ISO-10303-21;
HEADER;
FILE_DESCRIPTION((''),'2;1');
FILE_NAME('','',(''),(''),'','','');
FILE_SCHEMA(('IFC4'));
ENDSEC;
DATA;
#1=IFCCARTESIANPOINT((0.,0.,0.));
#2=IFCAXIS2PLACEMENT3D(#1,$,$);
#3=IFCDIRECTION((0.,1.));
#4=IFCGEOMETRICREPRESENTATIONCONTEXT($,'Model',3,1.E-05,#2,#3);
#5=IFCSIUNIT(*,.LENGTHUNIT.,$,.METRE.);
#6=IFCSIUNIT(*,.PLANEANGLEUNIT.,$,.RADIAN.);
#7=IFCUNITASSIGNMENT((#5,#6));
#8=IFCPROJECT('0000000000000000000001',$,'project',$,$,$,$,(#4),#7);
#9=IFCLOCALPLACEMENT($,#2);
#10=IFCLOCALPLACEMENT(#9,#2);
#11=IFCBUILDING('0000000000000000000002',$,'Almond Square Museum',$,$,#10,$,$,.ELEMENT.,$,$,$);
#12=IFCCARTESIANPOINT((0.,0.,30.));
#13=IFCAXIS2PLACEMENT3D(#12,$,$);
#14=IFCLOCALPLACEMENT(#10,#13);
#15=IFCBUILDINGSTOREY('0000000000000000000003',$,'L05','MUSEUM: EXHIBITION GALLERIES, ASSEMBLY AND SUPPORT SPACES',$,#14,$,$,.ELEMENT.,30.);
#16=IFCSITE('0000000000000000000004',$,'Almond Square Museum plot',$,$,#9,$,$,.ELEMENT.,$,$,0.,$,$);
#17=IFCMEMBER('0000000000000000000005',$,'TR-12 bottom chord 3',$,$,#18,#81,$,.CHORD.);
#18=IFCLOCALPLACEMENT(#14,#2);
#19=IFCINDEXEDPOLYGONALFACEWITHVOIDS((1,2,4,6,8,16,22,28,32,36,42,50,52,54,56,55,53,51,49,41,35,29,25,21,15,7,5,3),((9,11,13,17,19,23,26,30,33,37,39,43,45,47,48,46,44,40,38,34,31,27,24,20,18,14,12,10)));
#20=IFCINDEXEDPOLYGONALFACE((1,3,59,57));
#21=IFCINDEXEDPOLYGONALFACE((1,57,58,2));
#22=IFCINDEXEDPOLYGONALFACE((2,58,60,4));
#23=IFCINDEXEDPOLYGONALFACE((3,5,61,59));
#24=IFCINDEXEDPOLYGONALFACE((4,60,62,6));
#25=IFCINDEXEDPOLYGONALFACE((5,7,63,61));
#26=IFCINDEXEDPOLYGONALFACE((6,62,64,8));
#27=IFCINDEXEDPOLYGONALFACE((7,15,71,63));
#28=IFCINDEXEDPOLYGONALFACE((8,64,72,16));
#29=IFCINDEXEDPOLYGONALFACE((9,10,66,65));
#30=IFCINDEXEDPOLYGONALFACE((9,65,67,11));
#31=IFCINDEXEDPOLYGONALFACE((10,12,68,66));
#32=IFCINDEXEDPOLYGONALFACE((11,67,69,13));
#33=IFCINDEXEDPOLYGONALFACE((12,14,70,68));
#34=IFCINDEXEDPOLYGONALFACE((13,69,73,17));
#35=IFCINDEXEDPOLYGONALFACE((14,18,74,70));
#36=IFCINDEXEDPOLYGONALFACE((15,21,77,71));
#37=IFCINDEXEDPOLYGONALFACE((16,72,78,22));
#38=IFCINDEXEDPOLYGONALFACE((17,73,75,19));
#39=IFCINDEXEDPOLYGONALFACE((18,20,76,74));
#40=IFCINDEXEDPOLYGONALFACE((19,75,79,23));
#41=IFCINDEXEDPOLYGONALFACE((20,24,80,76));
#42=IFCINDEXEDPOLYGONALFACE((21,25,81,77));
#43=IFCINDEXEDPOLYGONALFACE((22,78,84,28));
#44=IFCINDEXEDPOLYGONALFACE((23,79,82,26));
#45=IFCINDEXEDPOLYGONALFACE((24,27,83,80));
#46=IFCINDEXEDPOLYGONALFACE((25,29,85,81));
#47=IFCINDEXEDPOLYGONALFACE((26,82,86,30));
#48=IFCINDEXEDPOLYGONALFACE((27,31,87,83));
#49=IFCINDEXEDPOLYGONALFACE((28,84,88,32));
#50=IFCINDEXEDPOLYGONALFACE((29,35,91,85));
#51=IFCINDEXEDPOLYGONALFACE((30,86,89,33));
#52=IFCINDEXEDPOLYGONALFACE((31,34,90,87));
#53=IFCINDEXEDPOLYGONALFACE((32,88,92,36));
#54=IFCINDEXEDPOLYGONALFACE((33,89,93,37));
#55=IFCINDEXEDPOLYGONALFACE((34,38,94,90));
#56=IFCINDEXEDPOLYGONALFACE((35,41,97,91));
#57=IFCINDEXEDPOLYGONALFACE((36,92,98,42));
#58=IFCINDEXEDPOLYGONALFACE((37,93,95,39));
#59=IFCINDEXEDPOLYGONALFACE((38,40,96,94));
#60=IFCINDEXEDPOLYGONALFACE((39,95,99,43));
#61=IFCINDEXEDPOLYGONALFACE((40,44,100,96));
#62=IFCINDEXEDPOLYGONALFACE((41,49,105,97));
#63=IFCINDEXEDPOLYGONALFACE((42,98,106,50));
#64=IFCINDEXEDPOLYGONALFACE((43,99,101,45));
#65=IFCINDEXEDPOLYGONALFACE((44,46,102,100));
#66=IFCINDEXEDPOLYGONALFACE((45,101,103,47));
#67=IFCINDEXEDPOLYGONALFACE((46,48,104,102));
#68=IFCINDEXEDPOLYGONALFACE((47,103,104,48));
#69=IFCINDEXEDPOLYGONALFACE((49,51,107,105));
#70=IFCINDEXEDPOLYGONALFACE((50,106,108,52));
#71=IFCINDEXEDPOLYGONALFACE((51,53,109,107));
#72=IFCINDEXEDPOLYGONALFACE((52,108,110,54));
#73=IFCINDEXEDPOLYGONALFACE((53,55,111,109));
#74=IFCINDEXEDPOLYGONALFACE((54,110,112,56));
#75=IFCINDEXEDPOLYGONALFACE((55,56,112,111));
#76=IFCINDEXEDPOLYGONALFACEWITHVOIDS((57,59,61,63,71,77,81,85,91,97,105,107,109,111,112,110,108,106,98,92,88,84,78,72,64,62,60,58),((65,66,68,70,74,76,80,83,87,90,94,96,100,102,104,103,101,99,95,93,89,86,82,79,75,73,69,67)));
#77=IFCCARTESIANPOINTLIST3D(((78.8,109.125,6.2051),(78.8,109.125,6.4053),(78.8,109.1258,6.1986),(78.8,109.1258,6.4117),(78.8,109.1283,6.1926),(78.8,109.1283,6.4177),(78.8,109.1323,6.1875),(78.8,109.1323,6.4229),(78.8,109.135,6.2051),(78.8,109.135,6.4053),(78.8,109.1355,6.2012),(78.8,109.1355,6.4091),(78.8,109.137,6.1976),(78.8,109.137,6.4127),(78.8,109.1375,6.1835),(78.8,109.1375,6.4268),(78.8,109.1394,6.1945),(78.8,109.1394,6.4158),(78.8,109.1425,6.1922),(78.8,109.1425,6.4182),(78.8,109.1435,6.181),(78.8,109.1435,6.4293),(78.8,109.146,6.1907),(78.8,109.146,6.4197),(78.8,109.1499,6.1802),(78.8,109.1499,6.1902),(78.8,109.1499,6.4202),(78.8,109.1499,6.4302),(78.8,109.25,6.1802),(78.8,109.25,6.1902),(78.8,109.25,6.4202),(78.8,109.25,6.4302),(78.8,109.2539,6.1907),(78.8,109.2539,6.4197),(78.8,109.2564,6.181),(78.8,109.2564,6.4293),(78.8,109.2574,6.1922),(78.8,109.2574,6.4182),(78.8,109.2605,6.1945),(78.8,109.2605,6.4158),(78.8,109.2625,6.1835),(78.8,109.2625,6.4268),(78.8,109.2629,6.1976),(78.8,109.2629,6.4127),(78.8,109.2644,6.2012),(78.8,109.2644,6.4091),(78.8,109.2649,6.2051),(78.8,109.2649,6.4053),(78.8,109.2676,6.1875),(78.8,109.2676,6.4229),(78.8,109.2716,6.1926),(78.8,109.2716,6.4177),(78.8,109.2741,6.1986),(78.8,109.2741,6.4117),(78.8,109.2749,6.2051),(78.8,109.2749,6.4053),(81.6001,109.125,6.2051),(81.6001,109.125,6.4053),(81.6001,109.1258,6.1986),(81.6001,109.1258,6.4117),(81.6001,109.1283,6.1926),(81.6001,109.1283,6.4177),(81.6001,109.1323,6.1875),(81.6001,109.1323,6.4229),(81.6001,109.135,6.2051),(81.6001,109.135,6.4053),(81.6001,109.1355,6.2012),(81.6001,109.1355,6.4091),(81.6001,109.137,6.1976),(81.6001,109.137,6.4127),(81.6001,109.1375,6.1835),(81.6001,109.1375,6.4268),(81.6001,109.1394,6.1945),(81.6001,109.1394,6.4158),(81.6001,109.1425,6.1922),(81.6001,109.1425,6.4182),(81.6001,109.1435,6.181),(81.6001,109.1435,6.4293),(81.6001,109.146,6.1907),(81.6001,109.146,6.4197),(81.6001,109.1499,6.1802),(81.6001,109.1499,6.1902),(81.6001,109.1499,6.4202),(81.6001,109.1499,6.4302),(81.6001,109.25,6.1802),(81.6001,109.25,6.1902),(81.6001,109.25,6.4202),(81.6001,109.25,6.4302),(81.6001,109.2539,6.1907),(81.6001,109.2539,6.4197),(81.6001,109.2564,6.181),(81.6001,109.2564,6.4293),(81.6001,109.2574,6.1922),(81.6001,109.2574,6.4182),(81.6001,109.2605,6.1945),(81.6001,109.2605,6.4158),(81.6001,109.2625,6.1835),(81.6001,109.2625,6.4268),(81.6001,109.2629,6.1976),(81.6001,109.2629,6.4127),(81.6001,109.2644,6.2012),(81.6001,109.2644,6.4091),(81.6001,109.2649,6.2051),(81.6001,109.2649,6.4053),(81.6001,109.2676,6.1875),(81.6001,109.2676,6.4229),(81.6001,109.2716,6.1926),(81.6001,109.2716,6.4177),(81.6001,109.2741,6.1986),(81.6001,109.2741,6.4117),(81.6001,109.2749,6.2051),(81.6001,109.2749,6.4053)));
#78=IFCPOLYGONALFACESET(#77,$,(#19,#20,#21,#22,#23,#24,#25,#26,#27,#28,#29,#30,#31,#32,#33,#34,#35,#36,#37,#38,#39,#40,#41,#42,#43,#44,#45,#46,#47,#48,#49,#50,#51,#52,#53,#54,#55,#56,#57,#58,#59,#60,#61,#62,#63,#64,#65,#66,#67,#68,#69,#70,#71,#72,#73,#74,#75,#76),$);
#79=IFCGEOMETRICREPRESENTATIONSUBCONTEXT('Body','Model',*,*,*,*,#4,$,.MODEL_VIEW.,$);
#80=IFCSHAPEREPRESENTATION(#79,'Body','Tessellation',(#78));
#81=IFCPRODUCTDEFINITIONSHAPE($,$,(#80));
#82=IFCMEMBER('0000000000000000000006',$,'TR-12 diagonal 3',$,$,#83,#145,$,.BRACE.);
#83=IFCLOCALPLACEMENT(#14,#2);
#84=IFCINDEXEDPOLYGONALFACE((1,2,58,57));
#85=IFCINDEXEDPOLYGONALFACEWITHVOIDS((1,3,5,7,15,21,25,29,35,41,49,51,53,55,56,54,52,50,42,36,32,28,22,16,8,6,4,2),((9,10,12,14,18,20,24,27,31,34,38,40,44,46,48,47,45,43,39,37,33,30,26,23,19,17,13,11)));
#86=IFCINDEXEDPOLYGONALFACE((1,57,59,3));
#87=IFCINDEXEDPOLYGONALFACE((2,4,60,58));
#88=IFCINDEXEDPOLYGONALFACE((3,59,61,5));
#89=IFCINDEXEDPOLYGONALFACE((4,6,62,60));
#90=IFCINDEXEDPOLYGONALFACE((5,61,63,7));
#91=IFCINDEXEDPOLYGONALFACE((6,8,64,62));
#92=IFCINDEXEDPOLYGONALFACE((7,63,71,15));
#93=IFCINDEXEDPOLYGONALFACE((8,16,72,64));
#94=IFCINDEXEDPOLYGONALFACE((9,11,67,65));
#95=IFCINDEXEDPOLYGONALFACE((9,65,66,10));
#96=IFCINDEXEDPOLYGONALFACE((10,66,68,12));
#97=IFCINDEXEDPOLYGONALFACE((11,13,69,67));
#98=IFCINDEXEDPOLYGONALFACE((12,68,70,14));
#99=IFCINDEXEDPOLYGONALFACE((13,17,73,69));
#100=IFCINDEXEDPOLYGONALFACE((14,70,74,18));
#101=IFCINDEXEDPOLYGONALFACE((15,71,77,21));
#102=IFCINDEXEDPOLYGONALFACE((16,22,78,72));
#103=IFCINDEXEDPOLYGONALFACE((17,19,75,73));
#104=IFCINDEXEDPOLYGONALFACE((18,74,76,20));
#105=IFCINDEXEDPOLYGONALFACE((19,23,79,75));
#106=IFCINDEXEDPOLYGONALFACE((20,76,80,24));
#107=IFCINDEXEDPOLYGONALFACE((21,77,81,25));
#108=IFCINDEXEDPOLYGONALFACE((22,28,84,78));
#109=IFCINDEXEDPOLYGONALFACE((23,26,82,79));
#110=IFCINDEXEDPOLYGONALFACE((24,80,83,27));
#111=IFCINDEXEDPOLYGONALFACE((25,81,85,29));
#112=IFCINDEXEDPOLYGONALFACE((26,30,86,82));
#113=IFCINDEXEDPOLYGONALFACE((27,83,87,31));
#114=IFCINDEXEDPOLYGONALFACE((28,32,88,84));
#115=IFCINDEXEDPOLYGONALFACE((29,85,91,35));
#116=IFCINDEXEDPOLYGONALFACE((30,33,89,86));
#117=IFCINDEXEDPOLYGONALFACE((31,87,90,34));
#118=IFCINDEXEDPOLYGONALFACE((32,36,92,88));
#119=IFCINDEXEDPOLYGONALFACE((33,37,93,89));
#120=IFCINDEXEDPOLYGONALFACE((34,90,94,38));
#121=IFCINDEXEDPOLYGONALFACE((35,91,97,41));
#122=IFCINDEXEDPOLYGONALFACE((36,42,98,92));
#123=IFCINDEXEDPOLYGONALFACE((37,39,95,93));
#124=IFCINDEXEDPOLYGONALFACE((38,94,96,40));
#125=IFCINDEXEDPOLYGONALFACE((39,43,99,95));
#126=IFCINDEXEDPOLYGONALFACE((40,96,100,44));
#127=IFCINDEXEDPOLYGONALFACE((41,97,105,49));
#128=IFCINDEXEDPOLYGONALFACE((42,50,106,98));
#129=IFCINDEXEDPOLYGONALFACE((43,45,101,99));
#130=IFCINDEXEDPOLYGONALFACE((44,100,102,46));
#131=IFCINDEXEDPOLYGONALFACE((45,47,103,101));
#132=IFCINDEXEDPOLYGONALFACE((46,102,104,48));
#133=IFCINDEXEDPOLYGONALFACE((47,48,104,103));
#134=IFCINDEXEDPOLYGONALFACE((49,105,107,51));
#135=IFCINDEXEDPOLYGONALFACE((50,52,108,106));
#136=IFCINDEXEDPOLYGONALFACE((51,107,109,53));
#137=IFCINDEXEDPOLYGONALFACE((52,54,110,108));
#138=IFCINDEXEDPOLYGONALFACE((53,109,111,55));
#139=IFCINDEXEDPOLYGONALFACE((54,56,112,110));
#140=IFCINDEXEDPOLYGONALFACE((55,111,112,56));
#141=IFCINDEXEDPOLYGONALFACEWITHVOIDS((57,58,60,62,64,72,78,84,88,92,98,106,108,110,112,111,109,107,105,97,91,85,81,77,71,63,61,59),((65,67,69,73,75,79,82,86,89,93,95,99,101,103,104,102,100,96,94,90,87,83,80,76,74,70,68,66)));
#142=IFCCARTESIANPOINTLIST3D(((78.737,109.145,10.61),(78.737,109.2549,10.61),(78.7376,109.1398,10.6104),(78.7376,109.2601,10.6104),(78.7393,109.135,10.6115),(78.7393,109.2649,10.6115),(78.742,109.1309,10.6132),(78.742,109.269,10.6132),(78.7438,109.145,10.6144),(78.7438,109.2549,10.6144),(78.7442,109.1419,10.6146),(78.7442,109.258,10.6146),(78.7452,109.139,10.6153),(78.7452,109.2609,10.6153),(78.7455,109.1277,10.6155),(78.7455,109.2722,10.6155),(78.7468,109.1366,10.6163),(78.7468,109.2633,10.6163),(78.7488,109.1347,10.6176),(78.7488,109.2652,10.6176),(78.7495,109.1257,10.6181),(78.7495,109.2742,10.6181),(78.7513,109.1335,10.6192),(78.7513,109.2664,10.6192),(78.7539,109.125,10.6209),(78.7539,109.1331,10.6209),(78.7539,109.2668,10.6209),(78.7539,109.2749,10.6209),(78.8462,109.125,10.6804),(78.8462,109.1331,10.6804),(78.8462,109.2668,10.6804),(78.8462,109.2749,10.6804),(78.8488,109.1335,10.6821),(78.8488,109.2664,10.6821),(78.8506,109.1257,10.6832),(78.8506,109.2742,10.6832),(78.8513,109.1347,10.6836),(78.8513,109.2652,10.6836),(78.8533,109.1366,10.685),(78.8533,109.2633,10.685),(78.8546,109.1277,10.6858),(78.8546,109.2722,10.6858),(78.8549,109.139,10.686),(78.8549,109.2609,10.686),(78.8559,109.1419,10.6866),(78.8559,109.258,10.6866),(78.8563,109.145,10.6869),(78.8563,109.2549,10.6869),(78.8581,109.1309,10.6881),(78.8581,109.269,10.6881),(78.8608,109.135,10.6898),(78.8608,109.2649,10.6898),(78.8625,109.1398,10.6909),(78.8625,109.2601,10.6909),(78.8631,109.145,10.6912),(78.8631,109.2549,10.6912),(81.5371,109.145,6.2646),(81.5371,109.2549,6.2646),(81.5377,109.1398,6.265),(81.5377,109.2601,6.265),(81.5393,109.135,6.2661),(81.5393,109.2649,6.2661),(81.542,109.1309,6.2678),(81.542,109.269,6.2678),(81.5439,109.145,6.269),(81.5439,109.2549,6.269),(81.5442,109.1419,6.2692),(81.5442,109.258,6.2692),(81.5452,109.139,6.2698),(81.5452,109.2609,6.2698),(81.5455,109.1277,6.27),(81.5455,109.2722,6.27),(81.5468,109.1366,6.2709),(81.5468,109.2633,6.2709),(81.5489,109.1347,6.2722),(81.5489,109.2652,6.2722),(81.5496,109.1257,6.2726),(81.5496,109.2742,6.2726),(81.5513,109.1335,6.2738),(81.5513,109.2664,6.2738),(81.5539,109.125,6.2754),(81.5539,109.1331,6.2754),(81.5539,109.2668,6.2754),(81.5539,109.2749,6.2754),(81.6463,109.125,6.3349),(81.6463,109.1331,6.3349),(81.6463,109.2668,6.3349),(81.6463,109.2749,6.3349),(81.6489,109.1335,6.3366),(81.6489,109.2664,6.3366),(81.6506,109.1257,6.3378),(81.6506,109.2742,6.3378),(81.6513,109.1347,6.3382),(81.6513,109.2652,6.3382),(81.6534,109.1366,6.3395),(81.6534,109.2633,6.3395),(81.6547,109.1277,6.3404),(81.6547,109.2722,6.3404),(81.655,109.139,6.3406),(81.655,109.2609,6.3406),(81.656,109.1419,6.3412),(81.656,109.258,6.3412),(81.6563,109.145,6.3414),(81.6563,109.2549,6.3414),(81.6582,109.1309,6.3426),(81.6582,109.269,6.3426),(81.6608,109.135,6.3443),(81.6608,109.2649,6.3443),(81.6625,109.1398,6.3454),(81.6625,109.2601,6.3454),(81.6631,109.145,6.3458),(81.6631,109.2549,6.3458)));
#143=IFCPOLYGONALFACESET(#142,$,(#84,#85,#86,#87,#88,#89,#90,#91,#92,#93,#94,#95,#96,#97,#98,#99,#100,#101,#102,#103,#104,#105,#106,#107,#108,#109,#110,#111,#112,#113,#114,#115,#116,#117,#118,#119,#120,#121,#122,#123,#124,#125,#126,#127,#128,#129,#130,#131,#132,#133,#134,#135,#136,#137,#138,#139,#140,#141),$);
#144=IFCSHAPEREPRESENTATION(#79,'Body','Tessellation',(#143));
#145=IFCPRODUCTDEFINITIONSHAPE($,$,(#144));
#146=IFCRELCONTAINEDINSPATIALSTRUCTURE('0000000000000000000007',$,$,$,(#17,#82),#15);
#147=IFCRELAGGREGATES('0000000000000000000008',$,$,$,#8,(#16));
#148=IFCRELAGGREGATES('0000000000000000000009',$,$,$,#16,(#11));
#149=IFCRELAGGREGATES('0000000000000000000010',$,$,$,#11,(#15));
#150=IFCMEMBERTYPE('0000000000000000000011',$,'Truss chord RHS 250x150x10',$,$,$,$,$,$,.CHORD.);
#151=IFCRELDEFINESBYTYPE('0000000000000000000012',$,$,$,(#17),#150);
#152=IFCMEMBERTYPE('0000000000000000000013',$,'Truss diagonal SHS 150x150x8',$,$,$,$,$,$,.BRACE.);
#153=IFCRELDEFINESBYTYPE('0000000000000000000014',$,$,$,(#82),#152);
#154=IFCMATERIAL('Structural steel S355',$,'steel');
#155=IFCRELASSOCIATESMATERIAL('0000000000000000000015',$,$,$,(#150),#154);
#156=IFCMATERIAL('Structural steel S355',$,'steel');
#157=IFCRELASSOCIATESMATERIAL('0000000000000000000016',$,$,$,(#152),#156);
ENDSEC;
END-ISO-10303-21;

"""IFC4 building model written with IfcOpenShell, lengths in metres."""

from ifc_helpers import new_model, si_unit, direction, frame, origin, origin_2d, place, context, subcontext, project, spatial, hollow_rectangle, extrude, material, material_profile, profile_set, type_object, element, save


model = new_model("IFC4")

# Units and contexts
model_context = context("Model", 3, precision=1e-05, world=origin(), true_north=direction((0.0, 1.0)))
body_context = subcontext(model_context, "Body", "Model", "MODEL_VIEW")
ifc_project = project(units=[si_unit("LENGTHUNIT", "METRE"), si_unit("PLANEANGLEUNIT", "RADIAN")], contexts=[model_context])

# Site, building, storey
site_placement = place(None, origin())
site = spatial("IfcSite", under=ifc_project, at=site_placement, Name="Almond Square Museum plot", CompositionType="ELEMENT", RefElevation=0.0)
building_placement = place(site_placement, origin())
building = spatial("IfcBuilding", under=site, at=building_placement, Name="Almond Square Museum", CompositionType="ELEMENT")
storey_placement = place(building_placement, frame((0.0, 0.0, 30.0)))
storey = spatial("IfcBuildingStorey", under=building, at=storey_placement, Name="L05", Description="MUSEUM: EXHIBITION GALLERIES, ASSEMBLY AND SUPPORT SPACES", CompositionType="ELEMENT", Elevation=30.0)

# Members
ifc_material_1 = material(Name="Structural steel S355", Category="steel")
ifc_material_profile_1 = material_profile(ifc_material_1, hollow_rectangle(XDim=0.1499, YDim=0.25, WallThickness=0.01, InnerFilletRadius=0.0149, OuterFilletRadius=0.0249, at=origin_2d()))
ifc_profile_set_1 = profile_set([ifc_material_profile_1], Name="Structural steel S355")
member_type_1 = type_object("IfcMemberType", Name="Truss chord RHS 250x150x10", PredefinedType="CHORD", material=ifc_profile_set_1)
for number, where, z_axis, x_axis, name in (
    (1, (78.8, 109.2, 6.3052), (1.0, 0.0, 0.0), (0.0, 1.0, 0.0), "TR-12 bottom chord 3"),
):
    element("IfcMember", number, at=place(storey_placement, frame(where, z_axis=z_axis, x_axis=x_axis)), inside=storey, type_object=member_type_1, Name=name, PredefinedType="CHORD", context=body_context, shape_type="SweptSolid", body=[
        extrude(hollow_rectangle(XDim=0.1499, YDim=0.25, WallThickness=0.01, InnerFilletRadius=0.0149, OuterFilletRadius=0.0249, at=origin_2d()), origin(), (0.0, 0.0, 1.0), 2.8),
    ])
ifc_material_2 = material(Name="Structural steel S355", Category="steel")
ifc_material_profile_2 = material_profile(ifc_material_2, hollow_rectangle(XDim=0.1499, YDim=0.1499, WallThickness=0.0081, InnerFilletRadius=0.012, OuterFilletRadius=0.02, at=origin_2d()))
ifc_profile_set_2 = profile_set([ifc_material_profile_2], Name="Structural steel S355")
member_type_2 = type_object("IfcMemberType", Name="Truss diagonal SHS 150x150x8", PredefinedType="BRACE", material=ifc_profile_set_2)
member_1_placement = place(storey_placement, frame((78.8, 109.2, 10.6506), z_axis=(0.541652, 0.0, -0.840603), x_axis=(0.0, 1.0, 0.0)))
element("IfcMember", 2, at=member_1_placement, inside=storey, type_object=member_type_2, Name="TR-12 diagonal 3", PredefinedType="BRACE", context=body_context, shape_type="SweptSolid", body=[
    extrude(hollow_rectangle(XDim=0.1499, YDim=0.1499, WallThickness=0.0081, InnerFilletRadius=0.012, OuterFilletRadius=0.02, at=origin_2d()), origin(), (0.0, 0.0, 1.0), 5.1694),
])

save(model, "model.ifc")
